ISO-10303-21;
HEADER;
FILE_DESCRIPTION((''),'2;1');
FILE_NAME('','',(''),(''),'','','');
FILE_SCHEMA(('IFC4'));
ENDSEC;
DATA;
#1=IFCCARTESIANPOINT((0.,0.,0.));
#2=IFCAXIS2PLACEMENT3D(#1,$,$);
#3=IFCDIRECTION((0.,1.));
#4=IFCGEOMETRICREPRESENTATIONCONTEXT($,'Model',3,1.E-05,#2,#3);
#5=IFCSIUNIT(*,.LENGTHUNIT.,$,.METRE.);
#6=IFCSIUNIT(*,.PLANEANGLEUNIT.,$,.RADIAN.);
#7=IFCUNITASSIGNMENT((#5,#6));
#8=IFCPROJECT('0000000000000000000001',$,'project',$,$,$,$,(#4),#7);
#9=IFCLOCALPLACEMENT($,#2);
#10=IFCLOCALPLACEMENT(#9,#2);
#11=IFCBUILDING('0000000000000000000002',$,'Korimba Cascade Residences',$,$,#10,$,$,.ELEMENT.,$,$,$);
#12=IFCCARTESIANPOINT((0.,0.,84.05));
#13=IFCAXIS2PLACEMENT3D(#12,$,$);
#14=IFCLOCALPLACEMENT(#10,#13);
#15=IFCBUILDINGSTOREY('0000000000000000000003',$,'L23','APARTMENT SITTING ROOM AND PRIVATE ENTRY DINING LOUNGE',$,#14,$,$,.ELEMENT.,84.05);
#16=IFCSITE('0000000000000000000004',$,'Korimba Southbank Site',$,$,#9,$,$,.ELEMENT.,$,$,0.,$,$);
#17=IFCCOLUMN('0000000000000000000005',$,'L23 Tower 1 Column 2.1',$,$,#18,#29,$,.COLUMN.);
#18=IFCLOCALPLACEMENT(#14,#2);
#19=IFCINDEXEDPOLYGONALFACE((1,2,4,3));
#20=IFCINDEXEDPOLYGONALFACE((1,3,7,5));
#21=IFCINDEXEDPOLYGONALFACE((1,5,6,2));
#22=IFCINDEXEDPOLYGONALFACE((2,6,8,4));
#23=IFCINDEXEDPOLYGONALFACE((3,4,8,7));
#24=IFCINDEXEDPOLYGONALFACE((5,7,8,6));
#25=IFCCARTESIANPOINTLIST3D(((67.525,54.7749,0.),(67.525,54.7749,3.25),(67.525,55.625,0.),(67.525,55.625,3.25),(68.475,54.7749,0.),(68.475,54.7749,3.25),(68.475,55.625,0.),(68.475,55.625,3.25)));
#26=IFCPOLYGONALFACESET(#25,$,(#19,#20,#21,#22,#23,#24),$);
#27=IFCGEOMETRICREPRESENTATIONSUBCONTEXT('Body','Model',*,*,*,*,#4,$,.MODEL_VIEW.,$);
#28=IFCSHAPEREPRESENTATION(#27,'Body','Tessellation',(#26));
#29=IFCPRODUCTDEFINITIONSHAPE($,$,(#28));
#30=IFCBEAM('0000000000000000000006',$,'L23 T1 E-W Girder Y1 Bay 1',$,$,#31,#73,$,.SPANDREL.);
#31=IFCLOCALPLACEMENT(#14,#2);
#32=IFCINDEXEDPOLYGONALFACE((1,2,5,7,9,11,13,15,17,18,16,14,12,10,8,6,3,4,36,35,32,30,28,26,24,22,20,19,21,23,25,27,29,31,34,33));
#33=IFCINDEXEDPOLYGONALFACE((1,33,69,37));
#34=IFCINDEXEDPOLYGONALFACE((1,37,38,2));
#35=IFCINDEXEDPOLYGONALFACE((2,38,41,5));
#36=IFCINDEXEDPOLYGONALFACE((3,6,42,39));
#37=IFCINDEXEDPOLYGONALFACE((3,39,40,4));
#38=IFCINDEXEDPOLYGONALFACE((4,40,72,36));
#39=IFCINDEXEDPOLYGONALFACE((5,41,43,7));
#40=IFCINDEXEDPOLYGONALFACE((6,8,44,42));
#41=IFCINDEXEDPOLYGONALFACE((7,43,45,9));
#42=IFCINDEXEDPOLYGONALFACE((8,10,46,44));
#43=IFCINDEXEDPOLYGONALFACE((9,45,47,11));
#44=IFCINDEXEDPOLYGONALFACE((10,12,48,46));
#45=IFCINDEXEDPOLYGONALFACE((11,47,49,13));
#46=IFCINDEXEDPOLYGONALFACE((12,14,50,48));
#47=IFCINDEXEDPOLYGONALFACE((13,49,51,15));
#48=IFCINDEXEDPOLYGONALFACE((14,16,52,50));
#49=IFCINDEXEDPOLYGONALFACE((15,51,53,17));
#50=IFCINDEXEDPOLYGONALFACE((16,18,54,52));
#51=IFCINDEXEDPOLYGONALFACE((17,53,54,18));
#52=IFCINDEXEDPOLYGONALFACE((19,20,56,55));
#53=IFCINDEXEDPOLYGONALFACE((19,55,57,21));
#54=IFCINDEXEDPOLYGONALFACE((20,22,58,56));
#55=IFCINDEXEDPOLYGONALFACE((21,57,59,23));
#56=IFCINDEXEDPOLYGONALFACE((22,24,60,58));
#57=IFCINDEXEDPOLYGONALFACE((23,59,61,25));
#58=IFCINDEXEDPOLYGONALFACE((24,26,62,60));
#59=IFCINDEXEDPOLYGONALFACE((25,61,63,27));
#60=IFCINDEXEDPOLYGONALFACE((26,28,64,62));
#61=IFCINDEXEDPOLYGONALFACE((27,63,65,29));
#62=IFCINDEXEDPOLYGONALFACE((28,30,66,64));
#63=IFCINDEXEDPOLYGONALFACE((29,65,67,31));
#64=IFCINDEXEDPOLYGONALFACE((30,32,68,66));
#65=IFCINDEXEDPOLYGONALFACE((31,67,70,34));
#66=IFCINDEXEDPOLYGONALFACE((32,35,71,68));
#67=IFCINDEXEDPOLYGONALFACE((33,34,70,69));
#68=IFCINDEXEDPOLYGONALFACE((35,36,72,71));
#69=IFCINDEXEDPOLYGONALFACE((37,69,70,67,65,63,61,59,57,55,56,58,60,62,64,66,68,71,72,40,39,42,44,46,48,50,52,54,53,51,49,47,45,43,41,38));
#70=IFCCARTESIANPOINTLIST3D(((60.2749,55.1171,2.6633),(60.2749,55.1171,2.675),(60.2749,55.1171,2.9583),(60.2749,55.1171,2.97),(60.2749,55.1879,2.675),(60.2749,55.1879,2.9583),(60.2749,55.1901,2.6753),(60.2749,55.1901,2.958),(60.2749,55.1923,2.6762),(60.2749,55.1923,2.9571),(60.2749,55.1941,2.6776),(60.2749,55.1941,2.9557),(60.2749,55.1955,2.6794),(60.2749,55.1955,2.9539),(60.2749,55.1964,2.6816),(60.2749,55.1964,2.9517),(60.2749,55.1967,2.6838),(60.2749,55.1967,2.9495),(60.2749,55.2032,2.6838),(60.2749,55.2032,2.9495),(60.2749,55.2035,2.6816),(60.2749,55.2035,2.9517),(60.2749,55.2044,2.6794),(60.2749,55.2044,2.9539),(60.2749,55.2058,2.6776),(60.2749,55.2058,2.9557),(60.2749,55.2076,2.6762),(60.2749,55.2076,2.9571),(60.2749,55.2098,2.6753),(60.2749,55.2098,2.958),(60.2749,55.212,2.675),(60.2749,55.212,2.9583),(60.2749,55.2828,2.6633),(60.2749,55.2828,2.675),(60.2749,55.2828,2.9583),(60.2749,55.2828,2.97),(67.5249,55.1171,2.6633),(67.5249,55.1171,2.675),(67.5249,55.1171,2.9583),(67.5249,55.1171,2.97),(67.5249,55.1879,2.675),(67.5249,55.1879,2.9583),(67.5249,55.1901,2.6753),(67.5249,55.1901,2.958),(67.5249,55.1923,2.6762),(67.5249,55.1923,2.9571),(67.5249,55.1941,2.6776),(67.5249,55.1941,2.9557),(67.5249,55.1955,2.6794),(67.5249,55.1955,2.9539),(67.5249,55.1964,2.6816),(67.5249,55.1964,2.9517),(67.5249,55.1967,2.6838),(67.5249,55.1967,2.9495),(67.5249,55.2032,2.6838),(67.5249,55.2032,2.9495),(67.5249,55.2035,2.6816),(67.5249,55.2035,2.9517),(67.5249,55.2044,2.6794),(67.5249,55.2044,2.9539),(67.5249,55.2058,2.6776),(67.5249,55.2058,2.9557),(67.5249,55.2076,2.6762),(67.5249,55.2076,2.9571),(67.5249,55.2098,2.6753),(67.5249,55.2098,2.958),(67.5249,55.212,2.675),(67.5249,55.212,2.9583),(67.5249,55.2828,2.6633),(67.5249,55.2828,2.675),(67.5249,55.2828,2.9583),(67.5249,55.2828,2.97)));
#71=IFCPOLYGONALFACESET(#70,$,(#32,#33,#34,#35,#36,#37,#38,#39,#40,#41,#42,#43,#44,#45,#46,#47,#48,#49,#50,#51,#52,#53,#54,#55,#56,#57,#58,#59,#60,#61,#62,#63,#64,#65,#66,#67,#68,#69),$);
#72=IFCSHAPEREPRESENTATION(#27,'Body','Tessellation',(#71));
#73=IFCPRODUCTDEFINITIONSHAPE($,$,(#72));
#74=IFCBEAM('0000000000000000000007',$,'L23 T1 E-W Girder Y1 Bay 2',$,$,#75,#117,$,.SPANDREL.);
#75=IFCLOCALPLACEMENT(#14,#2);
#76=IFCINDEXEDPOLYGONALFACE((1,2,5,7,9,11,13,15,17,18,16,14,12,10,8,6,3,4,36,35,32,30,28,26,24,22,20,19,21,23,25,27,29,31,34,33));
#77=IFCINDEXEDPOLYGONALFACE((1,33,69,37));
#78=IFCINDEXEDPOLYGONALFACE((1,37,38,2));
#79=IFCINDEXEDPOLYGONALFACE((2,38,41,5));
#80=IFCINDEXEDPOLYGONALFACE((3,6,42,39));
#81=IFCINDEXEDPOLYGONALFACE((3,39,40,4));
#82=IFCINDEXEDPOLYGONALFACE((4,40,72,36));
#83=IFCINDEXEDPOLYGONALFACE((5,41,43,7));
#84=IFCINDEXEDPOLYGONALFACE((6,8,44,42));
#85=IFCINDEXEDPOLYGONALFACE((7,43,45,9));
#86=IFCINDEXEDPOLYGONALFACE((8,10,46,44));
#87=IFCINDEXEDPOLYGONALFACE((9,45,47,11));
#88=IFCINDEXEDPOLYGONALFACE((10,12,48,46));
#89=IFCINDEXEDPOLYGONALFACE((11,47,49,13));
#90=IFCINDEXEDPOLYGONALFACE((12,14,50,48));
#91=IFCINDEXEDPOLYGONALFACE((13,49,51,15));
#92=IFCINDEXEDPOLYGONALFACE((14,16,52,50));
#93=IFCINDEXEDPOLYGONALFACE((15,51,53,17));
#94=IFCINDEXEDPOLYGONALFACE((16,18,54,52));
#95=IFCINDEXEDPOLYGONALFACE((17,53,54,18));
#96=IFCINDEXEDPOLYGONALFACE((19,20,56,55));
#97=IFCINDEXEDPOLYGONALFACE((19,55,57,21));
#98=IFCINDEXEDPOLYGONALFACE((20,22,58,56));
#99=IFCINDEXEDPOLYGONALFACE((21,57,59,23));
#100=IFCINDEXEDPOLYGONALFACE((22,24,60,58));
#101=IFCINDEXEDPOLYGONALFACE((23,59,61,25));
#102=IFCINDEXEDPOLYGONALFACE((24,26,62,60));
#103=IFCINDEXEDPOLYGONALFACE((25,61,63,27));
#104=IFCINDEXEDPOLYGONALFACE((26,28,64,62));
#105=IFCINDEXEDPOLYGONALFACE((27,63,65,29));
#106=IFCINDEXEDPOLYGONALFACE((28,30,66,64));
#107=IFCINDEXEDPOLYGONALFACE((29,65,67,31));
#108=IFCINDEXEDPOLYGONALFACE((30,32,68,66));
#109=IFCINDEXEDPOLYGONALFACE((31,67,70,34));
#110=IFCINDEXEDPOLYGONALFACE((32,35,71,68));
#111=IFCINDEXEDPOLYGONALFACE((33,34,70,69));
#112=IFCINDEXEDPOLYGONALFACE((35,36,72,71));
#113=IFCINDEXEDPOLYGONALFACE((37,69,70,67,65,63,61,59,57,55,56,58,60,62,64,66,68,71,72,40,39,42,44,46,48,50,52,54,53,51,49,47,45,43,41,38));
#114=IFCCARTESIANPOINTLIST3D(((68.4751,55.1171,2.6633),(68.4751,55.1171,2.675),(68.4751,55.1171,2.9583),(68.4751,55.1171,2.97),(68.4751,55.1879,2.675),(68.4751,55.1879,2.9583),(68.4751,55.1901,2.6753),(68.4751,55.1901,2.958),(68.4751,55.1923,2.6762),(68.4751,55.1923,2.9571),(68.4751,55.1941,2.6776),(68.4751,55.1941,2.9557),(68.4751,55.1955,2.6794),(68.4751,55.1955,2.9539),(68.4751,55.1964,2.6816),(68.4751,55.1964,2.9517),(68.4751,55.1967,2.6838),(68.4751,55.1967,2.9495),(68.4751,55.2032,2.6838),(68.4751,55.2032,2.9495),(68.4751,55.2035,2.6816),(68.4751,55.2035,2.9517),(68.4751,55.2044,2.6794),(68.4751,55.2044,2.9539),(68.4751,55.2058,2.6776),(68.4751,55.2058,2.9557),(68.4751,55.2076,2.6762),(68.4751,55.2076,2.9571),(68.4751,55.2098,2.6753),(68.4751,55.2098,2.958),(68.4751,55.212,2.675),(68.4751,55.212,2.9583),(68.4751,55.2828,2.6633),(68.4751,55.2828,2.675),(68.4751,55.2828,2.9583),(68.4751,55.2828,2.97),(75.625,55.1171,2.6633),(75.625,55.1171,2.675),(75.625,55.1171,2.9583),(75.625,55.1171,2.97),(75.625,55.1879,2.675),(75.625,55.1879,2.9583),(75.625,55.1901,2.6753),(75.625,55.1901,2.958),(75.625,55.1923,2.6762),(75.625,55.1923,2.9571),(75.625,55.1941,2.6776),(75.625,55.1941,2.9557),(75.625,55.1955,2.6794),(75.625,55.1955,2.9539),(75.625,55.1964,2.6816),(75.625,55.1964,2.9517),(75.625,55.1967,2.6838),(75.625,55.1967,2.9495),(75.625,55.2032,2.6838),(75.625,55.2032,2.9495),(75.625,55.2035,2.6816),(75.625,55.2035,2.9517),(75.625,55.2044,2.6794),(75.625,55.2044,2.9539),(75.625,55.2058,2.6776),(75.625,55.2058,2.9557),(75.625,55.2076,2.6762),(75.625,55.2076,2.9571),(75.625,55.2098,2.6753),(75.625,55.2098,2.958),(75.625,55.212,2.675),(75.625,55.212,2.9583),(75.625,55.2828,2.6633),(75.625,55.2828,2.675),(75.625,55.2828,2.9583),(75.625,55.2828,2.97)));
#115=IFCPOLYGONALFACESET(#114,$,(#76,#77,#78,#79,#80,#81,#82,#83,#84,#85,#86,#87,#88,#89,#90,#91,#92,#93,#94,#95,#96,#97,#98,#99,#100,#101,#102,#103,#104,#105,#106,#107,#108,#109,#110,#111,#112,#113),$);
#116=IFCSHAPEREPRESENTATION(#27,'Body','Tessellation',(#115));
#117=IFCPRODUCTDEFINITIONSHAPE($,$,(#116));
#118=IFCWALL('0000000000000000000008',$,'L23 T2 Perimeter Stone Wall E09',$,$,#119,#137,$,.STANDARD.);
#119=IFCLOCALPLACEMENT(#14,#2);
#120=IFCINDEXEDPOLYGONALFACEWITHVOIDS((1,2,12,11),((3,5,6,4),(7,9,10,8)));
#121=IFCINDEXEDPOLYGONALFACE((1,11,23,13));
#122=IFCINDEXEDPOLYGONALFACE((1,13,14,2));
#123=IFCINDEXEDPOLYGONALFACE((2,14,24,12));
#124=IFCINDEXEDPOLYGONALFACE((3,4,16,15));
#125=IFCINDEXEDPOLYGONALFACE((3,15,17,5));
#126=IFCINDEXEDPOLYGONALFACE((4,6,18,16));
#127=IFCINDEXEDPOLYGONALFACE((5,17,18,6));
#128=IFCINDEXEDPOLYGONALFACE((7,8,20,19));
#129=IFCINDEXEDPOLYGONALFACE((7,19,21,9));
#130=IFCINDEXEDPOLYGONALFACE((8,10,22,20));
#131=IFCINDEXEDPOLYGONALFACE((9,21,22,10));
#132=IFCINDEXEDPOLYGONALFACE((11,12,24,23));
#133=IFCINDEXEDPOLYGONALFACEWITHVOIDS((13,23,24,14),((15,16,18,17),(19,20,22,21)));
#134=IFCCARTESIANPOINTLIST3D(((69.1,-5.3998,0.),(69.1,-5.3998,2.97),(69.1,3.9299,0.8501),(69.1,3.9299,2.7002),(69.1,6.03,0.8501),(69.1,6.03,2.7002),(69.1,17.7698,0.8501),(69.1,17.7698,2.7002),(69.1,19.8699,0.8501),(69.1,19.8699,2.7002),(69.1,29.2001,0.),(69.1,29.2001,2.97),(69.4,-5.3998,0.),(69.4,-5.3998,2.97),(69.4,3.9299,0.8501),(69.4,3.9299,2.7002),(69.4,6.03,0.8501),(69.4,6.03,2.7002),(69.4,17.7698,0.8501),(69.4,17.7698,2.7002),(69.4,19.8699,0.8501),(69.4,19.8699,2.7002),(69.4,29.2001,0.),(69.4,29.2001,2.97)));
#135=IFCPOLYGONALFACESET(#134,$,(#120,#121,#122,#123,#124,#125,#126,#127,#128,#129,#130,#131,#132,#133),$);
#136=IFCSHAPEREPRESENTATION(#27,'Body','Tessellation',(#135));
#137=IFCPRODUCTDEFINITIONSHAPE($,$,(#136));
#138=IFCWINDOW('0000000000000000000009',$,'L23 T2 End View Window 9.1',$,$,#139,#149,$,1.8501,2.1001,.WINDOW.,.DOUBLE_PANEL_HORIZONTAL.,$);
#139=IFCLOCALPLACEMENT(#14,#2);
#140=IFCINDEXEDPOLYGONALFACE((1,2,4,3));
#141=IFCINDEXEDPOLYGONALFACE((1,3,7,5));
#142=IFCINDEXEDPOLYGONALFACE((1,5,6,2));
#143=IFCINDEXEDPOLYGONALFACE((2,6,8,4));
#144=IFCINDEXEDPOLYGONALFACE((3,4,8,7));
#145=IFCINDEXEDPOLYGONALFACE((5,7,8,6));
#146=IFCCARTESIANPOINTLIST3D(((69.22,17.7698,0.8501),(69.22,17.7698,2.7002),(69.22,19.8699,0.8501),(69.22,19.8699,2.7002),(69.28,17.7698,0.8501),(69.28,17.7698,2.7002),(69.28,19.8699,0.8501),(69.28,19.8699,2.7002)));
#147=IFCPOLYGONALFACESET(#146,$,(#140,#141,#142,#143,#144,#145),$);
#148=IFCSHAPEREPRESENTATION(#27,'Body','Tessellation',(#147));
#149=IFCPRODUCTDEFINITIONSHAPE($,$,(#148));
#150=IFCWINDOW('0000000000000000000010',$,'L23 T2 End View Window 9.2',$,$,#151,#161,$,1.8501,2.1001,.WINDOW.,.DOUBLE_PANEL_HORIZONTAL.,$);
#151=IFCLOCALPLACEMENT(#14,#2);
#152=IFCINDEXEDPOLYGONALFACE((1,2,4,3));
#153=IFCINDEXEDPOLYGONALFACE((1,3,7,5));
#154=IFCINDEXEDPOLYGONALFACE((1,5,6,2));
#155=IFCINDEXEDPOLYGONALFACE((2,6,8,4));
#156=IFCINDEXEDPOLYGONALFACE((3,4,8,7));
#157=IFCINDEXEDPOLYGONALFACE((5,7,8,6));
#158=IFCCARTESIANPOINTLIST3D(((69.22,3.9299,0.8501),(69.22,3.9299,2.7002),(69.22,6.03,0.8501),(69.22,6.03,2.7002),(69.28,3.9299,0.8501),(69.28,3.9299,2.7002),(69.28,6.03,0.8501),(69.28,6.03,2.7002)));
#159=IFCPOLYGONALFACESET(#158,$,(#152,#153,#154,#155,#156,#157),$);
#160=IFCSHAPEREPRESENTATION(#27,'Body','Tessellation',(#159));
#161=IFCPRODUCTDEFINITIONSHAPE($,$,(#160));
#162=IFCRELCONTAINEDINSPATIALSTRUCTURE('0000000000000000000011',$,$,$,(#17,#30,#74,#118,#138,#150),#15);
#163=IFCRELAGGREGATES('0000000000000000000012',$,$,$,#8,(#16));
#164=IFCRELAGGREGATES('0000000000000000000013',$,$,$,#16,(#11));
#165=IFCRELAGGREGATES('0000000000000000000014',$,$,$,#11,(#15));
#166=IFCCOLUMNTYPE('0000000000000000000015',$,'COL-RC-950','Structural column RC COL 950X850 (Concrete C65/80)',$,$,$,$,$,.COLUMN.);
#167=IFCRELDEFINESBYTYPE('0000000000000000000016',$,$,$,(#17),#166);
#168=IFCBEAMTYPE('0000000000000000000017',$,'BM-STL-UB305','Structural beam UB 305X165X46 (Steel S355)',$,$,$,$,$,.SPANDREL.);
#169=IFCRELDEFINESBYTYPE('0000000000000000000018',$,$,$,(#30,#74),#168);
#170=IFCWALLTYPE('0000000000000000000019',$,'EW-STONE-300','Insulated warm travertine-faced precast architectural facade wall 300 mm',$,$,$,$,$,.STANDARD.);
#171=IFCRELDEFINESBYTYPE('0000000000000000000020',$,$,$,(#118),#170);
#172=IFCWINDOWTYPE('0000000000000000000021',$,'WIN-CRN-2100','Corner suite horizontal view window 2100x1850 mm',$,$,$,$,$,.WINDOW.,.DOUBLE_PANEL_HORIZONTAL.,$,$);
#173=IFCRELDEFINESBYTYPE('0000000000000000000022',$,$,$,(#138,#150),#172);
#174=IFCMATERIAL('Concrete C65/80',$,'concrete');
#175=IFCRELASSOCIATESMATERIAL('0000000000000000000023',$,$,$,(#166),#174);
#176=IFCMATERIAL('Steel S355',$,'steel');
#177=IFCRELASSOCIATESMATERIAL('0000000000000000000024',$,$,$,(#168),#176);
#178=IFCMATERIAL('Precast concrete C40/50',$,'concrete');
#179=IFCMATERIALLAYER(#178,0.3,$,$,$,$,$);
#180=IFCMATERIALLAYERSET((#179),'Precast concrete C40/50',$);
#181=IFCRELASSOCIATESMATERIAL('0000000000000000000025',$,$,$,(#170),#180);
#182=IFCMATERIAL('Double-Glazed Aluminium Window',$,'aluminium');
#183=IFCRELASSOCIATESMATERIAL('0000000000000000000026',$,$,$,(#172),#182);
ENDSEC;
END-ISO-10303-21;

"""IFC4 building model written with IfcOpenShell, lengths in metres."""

from ifc_helpers import new_model, si_unit, direction, frame, frame_2d, origin, origin_2d, place, context, subcontext, project, spatial, rectangle, i_section, extrude, material, layer, layer_set, material_profile, profile_set, type_object, element, fill, save


model = new_model("IFC4")

# Units and contexts
model_context = context("Model", 3, precision=1e-05, world=origin(), true_north=direction((0.0, 1.0)))
body_context = subcontext(model_context, "Body", "Model", "MODEL_VIEW")
ifc_project = project(units=[si_unit("LENGTHUNIT", "METRE"), si_unit("PLANEANGLEUNIT", "RADIAN")], contexts=[model_context])

# Site, building, storey
site_placement = place(None, origin())
site = spatial("IfcSite", under=ifc_project, at=site_placement, Name="Korimba Southbank Site", CompositionType="ELEMENT", RefElevation=0.0)
building_placement = place(site_placement, origin())
building = spatial("IfcBuilding", under=site, at=building_placement, Name="Korimba Cascade Residences", CompositionType="ELEMENT")
storey_placement = place(building_placement, frame((0.0, 0.0, 84.05)))
storey = spatial("IfcBuildingStorey", under=building, at=storey_placement, Name="L23", Description="APARTMENT SITTING ROOM AND PRIVATE ENTRY DINING LOUNGE", CompositionType="ELEMENT", Elevation=84.05)

# Column
ifc_material_1 = material(Name="Concrete C65/80", Category="concrete")
ifc_material_profile_1 = material_profile(ifc_material_1, rectangle(XDim=0.95, YDim=0.8501, at=origin_2d()), Name="Concrete C65/80")
ifc_profile_set_1 = profile_set([ifc_material_profile_1], Name="Concrete C65/80")
column_type = type_object("IfcColumnType", Name="COL-RC-950", Description="Structural column RC COL 950X850 (Concrete C65/80)", PredefinedType="COLUMN", material=ifc_profile_set_1)
column_placement = place(storey_placement, frame((68.0, 55.2, 0.0), z_axis=(0.0, 0.0, 1.0), x_axis=(1.0, 0.0, 0.0)))
element("IfcColumn", 1, at=column_placement, inside=storey, type_object=column_type, Name="L23 Tower 1 Column 2.1", PredefinedType="COLUMN", context=body_context, shape_type="SweptSolid", body=[
    extrude(rectangle(XDim=0.95, YDim=0.8501, at=origin_2d()), origin(), (0.0, 0.0, 1.0), 3.25),
])

# Beams
ifc_material_2 = material(Name="Steel S355", Category="steel")
ifc_material_profile_2 = material_profile(ifc_material_2, i_section(OverallWidth=0.1658, OverallDepth=0.3066, WebThickness=0.0066, FlangeThickness=0.0117, FilletRadius=0.0088, at=origin_2d()), Name="Steel S355")
ifc_profile_set_2 = profile_set([ifc_material_profile_2], Name="Steel S355")
beam_type = type_object("IfcBeamType", Name="BM-STL-UB305", Description="Structural beam UB 305X165X46 (Steel S355)", PredefinedType="SPANDREL", material=ifc_profile_set_2)
beam_1_placement = place(storey_placement, frame((60.2749, 55.2, 2.8167), z_axis=(1.0, 0.0, 0.0), x_axis=(0.0, 1.0, 0.0)))
element("IfcBeam", 2, at=beam_1_placement, inside=storey, type_object=beam_type, Name="L23 T1 E-W Girder Y1 Bay 1", PredefinedType="SPANDREL", context=body_context, shape_type="SweptSolid", body=[
    extrude(i_section(OverallWidth=0.1658, OverallDepth=0.3066, WebThickness=0.0066, FlangeThickness=0.0117, FilletRadius=0.0088, at=origin_2d()), origin(), (0.0, 0.0, 1.0), 7.25),
])
beam_2_placement = place(storey_placement, frame((68.4751, 55.2, 2.8167), z_axis=(1.0, 0.0, 0.0), x_axis=(0.0, 1.0, 0.0)))
element("IfcBeam", 3, at=beam_2_placement, inside=storey, type_object=beam_type, Name="L23 T1 E-W Girder Y1 Bay 2", PredefinedType="SPANDREL", context=body_context, shape_type="SweptSolid", body=[
    extrude(i_section(OverallWidth=0.1658, OverallDepth=0.3066, WebThickness=0.0066, FlangeThickness=0.0117, FilletRadius=0.0088, at=origin_2d()), origin(), (0.0, 0.0, 1.0), 7.1499),
])

# Wall, openings, windows
ifc_material_3 = material(Name="Precast concrete C40/50", Category="concrete")
ifc_layer_1 = layer(ifc_material_3, 0.3)
ifc_layer_set_1 = layer_set([ifc_layer_1], Name="Precast concrete C40/50")
wall_type_1 = type_object("IfcWallType", Name="EW-STONE-300", Description="Insulated warm travertine-faced precast architectural facade wall 300 mm", PredefinedType="STANDARD", material=ifc_layer_set_1)
wall_1_placement = place(storey_placement, frame((69.25, 29.2, 0.0), z_axis=(0.0, 0.0, 1.0), x_axis=(0.0, -1.0, 0.0)))
wall_1 = element("IfcWall", 4, at=wall_1_placement, inside=storey, type_object=wall_type_1, Name="L23 T2 Perimeter Stone Wall E09", PredefinedType="STANDARD", context=body_context, shape_type="SweptSolid", body=[
    extrude(rectangle(XDim=34.5999, YDim=0.3, at=frame_2d((17.2998, 0.0))), origin(), (0.0, 0.0, 1.0), 2.97),
])
opening_1_placement = place(wall_1_placement, frame((9.3301, 0.0, 0.8501)))
opening_1 = element("IfcOpeningElement", 5, at=opening_1_placement, cuts=wall_1, PredefinedType="OPENING", context=body_context, shape_type="SweptSolid", body=[
    extrude(rectangle(XDim=2.1001, YDim=1.8501, at=frame_2d((1.05, 0.925))), frame((0.0, 0.1602, 0.0), z_axis=(0.0, -1.0, 0.0), x_axis=(1.0, 0.0, 0.0)), (0.0, 0.0, 1.0), 0.3201),
])
opening_2_placement = place(wall_1_placement, frame((23.1699, 0.0, 0.8501)))
opening_2 = element("IfcOpeningElement", 6, at=opening_2_placement, cuts=wall_1, PredefinedType="OPENING", context=body_context, shape_type="SweptSolid", body=[
    extrude(rectangle(XDim=2.1001, YDim=1.8501, at=frame_2d((1.05, 0.925))), frame((0.0, 0.1602, 0.0), z_axis=(0.0, -1.0, 0.0), x_axis=(1.0, 0.0, 0.0)), (0.0, 0.0, 1.0), 0.3201),
])
ifc_material_4 = material(Name="Double-Glazed Aluminium Window", Category="aluminium")
window_type = type_object("IfcWindowType", Name="WIN-CRN-2100", Description="Corner suite horizontal view window 2100x1850 mm", PartitioningType="DOUBLE_PANEL_HORIZONTAL", PredefinedType="WINDOW", material=ifc_material_4)
window_1_placement = place(opening_1_placement, origin())
window_1 = element("IfcWindow", 7, at=window_1_placement, inside=storey, type_object=window_type, Name="L23 T2 End View Window 9.1", OverallHeight=1.8501, OverallWidth=2.1001, PartitioningType="DOUBLE_PANEL_HORIZONTAL", PredefinedType="WINDOW", context=body_context, shape_type="SweptSolid", body=[
    extrude(rectangle(XDim=2.1001, YDim=1.8501, at=frame_2d((1.05, 0.925))), frame((0.0, 0.03, 0.0), z_axis=(0.0, -1.0, 0.0), x_axis=(1.0, 0.0, 0.0)), (0.0, 0.0, 1.0), 0.0601),
])
fill(opening_1, window_1)
window_2_placement = place(opening_2_placement, origin())
window_2 = element("IfcWindow", 8, at=window_2_placement, inside=storey, type_object=window_type, Name="L23 T2 End View Window 9.2", OverallHeight=1.8501, OverallWidth=2.1001, PartitioningType="DOUBLE_PANEL_HORIZONTAL", PredefinedType="WINDOW", context=body_context, shape_type="SweptSolid", body=[
    extrude(rectangle(XDim=2.1001, YDim=1.8501, at=frame_2d((1.05, 0.925))), frame((0.0, 0.03, 0.0), z_axis=(0.0, -1.0, 0.0), x_axis=(1.0, 0.0, 0.0)), (0.0, 0.0, 1.0), 0.0601),
])
fill(opening_2, window_2)

save(model, "model.ifc")
